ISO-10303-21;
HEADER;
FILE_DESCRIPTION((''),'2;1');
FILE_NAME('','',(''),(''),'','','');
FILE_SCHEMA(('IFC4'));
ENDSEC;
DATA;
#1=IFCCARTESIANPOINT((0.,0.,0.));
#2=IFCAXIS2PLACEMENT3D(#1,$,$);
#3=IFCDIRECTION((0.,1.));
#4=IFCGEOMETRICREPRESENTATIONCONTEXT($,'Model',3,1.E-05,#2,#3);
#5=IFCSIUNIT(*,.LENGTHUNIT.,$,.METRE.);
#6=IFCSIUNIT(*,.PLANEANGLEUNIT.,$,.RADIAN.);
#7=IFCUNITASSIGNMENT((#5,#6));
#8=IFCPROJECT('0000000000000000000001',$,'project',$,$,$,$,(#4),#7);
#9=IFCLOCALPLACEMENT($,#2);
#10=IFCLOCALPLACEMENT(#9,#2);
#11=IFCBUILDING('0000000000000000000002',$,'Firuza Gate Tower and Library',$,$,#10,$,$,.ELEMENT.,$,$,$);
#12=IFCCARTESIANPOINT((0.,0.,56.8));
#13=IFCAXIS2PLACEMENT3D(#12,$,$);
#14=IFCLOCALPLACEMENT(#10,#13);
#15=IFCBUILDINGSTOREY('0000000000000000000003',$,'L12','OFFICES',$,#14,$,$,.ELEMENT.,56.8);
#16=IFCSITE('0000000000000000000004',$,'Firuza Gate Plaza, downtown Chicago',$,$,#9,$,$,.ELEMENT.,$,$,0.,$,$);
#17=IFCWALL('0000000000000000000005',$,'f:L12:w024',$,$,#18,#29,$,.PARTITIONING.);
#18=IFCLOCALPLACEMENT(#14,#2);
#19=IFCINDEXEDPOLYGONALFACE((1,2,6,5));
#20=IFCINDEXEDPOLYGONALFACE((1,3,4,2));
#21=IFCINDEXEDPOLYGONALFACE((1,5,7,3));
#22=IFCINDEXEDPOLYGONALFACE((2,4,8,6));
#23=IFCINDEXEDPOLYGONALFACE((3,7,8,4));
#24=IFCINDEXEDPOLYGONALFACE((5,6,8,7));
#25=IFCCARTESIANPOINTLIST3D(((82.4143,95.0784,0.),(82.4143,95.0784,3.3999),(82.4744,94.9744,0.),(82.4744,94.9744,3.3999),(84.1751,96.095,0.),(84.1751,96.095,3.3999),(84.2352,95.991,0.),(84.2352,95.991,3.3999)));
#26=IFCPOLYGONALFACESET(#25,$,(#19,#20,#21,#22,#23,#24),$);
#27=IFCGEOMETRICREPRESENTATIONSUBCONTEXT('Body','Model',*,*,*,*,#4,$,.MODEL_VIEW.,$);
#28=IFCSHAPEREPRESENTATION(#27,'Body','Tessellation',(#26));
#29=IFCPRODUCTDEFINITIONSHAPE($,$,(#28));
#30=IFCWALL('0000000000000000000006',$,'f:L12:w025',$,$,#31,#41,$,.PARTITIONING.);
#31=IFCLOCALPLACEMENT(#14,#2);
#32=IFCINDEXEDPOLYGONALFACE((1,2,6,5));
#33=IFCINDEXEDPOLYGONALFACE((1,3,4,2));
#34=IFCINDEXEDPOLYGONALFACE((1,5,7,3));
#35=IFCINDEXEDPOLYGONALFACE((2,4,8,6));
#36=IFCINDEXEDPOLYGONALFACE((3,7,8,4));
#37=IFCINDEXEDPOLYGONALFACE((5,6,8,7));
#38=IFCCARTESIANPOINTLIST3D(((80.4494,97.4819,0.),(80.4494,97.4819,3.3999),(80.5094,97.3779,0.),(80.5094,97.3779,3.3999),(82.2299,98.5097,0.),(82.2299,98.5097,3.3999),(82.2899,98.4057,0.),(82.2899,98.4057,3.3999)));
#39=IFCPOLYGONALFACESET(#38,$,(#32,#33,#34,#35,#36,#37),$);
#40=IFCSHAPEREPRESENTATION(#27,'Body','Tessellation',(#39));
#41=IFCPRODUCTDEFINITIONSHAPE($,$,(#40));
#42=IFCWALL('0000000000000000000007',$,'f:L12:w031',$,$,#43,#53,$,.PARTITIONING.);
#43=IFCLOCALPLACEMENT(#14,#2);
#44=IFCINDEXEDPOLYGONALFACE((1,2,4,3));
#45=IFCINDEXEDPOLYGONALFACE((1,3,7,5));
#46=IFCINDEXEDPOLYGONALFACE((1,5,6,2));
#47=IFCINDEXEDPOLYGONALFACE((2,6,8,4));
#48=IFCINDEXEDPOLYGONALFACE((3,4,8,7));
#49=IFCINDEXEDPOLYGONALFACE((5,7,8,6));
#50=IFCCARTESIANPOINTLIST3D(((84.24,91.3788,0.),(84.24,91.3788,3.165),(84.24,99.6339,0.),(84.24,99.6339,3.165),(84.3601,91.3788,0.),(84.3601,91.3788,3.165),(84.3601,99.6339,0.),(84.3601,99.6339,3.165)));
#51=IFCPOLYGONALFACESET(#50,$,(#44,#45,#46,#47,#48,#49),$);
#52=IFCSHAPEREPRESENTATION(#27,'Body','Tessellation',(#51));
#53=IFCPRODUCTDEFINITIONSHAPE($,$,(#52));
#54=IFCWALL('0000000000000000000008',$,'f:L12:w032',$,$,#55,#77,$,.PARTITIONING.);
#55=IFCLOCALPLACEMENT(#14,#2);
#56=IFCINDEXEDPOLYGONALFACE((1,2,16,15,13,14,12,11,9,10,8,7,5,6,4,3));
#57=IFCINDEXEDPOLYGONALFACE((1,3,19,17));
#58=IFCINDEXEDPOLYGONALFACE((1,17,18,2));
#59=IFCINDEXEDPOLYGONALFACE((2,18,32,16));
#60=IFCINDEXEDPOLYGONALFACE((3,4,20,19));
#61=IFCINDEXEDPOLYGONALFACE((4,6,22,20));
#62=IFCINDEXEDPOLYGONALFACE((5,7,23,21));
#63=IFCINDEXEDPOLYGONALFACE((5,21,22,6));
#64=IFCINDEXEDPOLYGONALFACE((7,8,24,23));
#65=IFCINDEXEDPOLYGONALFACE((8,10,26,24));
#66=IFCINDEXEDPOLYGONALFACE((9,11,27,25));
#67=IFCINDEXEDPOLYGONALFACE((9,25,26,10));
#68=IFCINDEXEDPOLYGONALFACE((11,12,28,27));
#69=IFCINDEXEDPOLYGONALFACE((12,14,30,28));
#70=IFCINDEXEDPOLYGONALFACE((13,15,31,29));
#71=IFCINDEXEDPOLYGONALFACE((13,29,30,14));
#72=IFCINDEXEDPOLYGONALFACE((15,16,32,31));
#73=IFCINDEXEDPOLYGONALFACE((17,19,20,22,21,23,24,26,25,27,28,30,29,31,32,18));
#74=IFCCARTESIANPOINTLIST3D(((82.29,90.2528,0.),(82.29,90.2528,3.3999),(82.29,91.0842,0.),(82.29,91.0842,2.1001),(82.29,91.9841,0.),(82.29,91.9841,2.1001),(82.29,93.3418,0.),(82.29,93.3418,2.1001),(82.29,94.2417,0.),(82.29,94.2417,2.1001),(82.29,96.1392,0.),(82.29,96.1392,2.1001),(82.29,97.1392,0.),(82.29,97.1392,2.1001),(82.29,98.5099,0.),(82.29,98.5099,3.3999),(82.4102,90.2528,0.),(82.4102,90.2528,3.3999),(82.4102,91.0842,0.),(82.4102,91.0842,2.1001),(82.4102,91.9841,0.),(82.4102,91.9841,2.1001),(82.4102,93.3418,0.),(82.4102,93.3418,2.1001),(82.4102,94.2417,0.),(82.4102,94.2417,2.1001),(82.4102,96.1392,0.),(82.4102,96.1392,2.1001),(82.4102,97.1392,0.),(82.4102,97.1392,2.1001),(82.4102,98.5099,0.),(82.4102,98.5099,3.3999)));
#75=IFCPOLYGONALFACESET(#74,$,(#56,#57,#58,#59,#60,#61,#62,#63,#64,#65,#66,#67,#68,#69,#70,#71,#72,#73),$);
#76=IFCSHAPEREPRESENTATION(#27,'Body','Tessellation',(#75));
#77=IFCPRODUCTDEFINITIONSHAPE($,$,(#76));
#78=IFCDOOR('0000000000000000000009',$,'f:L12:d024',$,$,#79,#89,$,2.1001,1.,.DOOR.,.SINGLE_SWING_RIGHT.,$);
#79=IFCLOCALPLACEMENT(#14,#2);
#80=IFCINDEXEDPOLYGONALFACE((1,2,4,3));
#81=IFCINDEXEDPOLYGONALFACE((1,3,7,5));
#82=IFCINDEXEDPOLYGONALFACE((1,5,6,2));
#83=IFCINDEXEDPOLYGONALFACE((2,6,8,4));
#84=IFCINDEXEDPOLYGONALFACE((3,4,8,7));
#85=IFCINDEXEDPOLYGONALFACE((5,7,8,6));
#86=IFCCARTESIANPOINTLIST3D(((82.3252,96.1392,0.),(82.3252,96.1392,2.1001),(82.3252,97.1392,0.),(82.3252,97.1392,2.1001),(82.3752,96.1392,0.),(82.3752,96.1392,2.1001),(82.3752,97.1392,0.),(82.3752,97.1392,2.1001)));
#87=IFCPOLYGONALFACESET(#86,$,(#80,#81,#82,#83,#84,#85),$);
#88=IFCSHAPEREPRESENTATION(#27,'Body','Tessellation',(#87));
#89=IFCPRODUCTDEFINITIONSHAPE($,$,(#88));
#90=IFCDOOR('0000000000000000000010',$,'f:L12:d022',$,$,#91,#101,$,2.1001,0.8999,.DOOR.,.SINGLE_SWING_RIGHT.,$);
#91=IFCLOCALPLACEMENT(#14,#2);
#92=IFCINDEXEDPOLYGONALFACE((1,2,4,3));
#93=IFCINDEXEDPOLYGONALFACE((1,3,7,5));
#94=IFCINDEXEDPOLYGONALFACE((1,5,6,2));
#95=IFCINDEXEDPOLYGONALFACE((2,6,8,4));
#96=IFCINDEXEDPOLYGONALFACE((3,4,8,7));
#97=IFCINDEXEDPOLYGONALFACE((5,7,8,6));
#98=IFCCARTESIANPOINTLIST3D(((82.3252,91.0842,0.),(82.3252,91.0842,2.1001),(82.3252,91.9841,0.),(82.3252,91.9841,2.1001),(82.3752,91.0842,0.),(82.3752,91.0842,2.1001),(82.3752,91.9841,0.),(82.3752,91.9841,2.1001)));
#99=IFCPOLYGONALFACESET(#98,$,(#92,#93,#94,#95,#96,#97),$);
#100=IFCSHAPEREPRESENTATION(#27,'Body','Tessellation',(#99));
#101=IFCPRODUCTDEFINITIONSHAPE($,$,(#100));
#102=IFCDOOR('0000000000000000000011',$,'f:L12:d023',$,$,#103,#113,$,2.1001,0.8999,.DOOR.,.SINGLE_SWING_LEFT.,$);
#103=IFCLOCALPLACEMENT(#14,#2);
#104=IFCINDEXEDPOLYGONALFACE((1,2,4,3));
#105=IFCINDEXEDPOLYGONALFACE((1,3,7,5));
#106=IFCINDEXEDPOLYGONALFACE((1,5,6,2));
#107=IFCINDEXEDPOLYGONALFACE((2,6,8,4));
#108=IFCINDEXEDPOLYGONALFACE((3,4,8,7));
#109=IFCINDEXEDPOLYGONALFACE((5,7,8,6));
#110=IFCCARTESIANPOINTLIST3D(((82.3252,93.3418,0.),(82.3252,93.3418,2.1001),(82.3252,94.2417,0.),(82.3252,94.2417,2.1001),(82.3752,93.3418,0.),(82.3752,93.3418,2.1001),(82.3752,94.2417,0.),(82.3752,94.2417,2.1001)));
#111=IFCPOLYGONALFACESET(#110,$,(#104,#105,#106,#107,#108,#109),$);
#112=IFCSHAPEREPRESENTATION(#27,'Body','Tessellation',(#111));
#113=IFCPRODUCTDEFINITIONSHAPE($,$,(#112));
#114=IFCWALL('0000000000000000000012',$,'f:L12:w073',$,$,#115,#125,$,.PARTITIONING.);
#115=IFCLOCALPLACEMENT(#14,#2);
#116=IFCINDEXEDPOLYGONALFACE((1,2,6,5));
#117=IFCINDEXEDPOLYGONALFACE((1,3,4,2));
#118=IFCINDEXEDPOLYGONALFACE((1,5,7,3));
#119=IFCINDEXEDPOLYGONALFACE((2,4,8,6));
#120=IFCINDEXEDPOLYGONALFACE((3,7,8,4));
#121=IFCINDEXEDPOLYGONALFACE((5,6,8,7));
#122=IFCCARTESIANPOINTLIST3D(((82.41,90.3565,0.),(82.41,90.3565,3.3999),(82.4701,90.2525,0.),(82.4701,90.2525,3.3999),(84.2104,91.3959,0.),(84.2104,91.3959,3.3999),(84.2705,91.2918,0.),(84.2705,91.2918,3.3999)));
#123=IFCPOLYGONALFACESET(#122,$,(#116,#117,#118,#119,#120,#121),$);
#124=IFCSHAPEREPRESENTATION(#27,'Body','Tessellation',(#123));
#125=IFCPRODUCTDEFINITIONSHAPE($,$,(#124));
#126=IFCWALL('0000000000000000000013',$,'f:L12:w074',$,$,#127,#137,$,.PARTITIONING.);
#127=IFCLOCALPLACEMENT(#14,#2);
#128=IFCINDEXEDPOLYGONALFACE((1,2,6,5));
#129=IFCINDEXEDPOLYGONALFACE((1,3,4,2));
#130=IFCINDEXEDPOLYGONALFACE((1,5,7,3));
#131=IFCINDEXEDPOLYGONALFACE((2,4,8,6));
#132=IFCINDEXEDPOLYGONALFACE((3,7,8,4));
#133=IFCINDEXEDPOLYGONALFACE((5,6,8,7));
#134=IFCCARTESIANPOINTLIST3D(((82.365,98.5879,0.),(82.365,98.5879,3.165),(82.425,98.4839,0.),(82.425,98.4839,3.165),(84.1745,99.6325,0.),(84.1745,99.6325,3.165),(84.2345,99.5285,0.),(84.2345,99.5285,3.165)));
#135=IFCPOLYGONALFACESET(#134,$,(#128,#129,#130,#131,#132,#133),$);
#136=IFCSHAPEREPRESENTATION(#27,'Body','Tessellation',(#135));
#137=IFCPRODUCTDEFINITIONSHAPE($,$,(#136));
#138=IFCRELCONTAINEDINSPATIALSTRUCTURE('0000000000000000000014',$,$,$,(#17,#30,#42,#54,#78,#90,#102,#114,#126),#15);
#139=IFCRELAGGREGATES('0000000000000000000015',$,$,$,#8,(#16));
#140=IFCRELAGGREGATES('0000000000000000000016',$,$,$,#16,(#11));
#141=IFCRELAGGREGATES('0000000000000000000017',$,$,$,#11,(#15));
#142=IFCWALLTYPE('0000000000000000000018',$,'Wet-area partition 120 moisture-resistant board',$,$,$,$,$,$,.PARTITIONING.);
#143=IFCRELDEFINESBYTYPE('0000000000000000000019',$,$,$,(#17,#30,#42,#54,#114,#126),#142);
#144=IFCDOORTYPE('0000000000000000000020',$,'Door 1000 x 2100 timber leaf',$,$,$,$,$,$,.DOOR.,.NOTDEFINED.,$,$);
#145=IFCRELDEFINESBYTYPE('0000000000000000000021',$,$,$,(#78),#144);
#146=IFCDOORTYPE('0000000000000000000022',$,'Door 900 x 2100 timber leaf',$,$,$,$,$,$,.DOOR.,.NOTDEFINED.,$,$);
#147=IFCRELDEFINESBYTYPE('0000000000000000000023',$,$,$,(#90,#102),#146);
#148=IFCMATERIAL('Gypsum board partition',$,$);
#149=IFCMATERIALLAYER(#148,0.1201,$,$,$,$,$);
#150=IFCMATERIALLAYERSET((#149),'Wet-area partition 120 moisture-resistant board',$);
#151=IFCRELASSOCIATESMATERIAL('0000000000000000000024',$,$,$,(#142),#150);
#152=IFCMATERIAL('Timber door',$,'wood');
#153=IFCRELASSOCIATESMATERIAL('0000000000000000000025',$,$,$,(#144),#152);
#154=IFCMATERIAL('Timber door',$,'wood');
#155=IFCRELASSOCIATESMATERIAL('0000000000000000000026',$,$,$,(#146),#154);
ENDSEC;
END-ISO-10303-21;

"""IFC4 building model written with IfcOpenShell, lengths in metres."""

from ifc_helpers import new_model, si_unit, direction, frame, frame_2d, origin, place, context, subcontext, project, spatial, rectangle, extrude, material, layer, layer_set, type_object, element, fill, save


model = new_model("IFC4")

# Units and contexts
model_context = context("Model", 3, precision=1e-05, world=origin(), true_north=direction((0.0, 1.0)))
body_context = subcontext(model_context, "Body", "Model", "MODEL_VIEW")
ifc_project = project(units=[si_unit("LENGTHUNIT", "METRE"), si_unit("PLANEANGLEUNIT", "RADIAN")], contexts=[model_context])

# Site, building, storey
site_placement = place(None, origin())
site = spatial("IfcSite", under=ifc_project, at=site_placement, Name="Firuza Gate Plaza, downtown Chicago", CompositionType="ELEMENT", RefElevation=0.0)
building_placement = place(site_placement, origin())
building = spatial("IfcBuilding", under=site, at=building_placement, Name="Firuza Gate Tower and Library", CompositionType="ELEMENT")
storey_placement = place(building_placement, frame((0.0, 0.0, 56.8)))
storey = spatial("IfcBuildingStorey", under=building, at=storey_placement, Name="L12", Description="OFFICES", CompositionType="ELEMENT", Elevation=56.8)

# Walls
ifc_material_1 = material(Name="Gypsum board partition")
ifc_layer_1 = layer(ifc_material_1, 0.1201)
ifc_layer_set_1 = layer_set([ifc_layer_1], Name="Wet-area partition 120 moisture-resistant board")
wall_type_1 = type_object("IfcWallType", Name="Wet-area partition 120 moisture-resistant board", PredefinedType="PARTITIONING", material=ifc_layer_set_1)
for number, where, z_axis, x_axis, name in (
    (1, (82.4443, 95.0264, 0.0), (0.0, 0.0, 1.0), (0.866018, 0.500013, 0.0), "f:L12:w024"),
):
    element("IfcWall", number, at=place(storey_placement, frame(where, z_axis=z_axis, x_axis=x_axis)), inside=storey, type_object=wall_type_1, Name=name, PredefinedType="PARTITIONING", context=body_context, shape_type="SweptSolid", body=[
        extrude(rectangle(XDim=2.0332, YDim=0.1201, at=frame_2d((1.0166, 0.0))), origin(), (0.0, 0.0, 1.0), 3.3999),
    ])
wall_1_placement = place(storey_placement, frame((80.4795, 97.4299, 0.0), z_axis=(0.0, 0.0, 1.0), x_axis=(0.866057, 0.499945, 0.0)))
element("IfcWall", 2, at=wall_1_placement, inside=storey, type_object=wall_type_1, Name="f:L12:w025", PredefinedType="PARTITIONING", context=body_context, shape_type="SweptSolid", body=[
    extrude(rectangle(XDim=2.0559, YDim=0.1201, at=frame_2d((1.0278, 0.0))), origin(), (0.0, 0.0, 1.0), 3.3999),
])
wall_2_placement = place(storey_placement, frame((84.3, 91.3789, 0.0), z_axis=(0.0, 0.0, 1.0), x_axis=(0.0, 1.0, 0.0)))
element("IfcWall", 3, at=wall_2_placement, inside=storey, type_object=wall_type_1, Name="f:L12:w031", PredefinedType="PARTITIONING", context=body_context, shape_type="SweptSolid", body=[
    extrude(rectangle(XDim=8.2551, YDim=0.1201, at=frame_2d((4.1274, 0.0))), origin(), (0.0, 0.0, 1.0), 3.165),
])

# Wall, openings, doors
wall_3_placement = place(storey_placement, frame((82.3501, 90.2529, 0.0), z_axis=(0.0, 0.0, 1.0), x_axis=(0.0, 1.0, 0.0)))
wall_3 = element("IfcWall", 4, at=wall_3_placement, inside=storey, type_object=wall_type_1, Name="f:L12:w032", PredefinedType="PARTITIONING", context=body_context, shape_type="SweptSolid", body=[
    extrude(rectangle(XDim=8.2571, YDim=0.1201, at=frame_2d((4.1284, 0.0))), origin(), (0.0, 0.0, 1.0), 3.3999),
])
opening_1_placement = place(wall_3_placement, frame((0.8313, 0.0, 0.0)))
opening_1 = element("IfcOpeningElement", 5, at=opening_1_placement, cuts=wall_3, PredefinedType="OPENING", context=body_context, shape_type="SweptSolid", body=[
    extrude(rectangle(XDim=0.8999, YDim=2.1001, at=frame_2d((0.45, 1.05))), frame((0.0, 0.0701, 0.0), z_axis=(0.0, -1.0, 0.0), x_axis=(1.0, 0.0, 0.0)), (0.0, 0.0, 1.0), 0.1401),
])
opening_2_placement = place(wall_3_placement, frame((3.0889, 0.0, 0.0)))
opening_2 = element("IfcOpeningElement", 6, at=opening_2_placement, cuts=wall_3, PredefinedType="OPENING", context=body_context, shape_type="SweptSolid", body=[
    extrude(rectangle(XDim=0.8999, YDim=2.1001, at=frame_2d((0.45, 1.05))), frame((0.0, 0.0701, 0.0), z_axis=(0.0, -1.0, 0.0), x_axis=(1.0, 0.0, 0.0)), (0.0, 0.0, 1.0), 0.1401),
])
opening_3_placement = place(wall_3_placement, frame((5.8862, 0.0, 0.0)))
opening_3 = element("IfcOpeningElement", 7, at=opening_3_placement, cuts=wall_3, PredefinedType="OPENING", context=body_context, shape_type="SweptSolid", body=[
    extrude(rectangle(XDim=1.0, YDim=2.1001, at=frame_2d((0.5, 1.05))), frame((0.0, 0.0701, 0.0), z_axis=(0.0, -1.0, 0.0), x_axis=(1.0, 0.0, 0.0)), (0.0, 0.0, 1.0), 0.1401),
])
ifc_material_2 = material(Name="Timber door", Category="wood")
door_type_1 = type_object("IfcDoorType", Name="Door 1000 x 2100 timber leaf", OperationType="NOTDEFINED", PredefinedType="DOOR", material=ifc_material_2)
door_1_placement = place(opening_3_placement, origin())
door_1 = element("IfcDoor", 8, at=door_1_placement, inside=storey, type_object=door_type_1, Name="f:L12:d024", OperationType="SINGLE_SWING_RIGHT", OverallHeight=2.1001, OverallWidth=1.0, PredefinedType="DOOR", context=body_context, shape_type="SweptSolid", body=[
    extrude(rectangle(XDim=1.0, YDim=2.1001, at=frame_2d((0.5, 1.05))), frame((0.0, 0.0249, 0.0), z_axis=(0.0, -1.0, 0.0), x_axis=(1.0, 0.0, 0.0)), (0.0, 0.0, 1.0), 0.05),
])
fill(opening_3, door_1)
ifc_material_3 = material(Name="Timber door", Category="wood")
door_type_2 = type_object("IfcDoorType", Name="Door 900 x 2100 timber leaf", OperationType="NOTDEFINED", PredefinedType="DOOR", material=ifc_material_3)
door_2_placement = place(opening_1_placement, origin())
door_2 = element("IfcDoor", 9, at=door_2_placement, inside=storey, type_object=door_type_2, Name="f:L12:d022", OperationType="SINGLE_SWING_RIGHT", OverallHeight=2.1001, OverallWidth=0.8999, PredefinedType="DOOR", context=body_context, shape_type="SweptSolid", body=[
    extrude(rectangle(XDim=0.8999, YDim=2.1001, at=frame_2d((0.45, 1.05))), frame((0.0, 0.0249, 0.0), z_axis=(0.0, -1.0, 0.0), x_axis=(1.0, 0.0, 0.0)), (0.0, 0.0, 1.0), 0.05),
])
fill(opening_1, door_2)
door_3_placement = place(opening_2_placement, origin())
door_3 = element("IfcDoor", 10, at=door_3_placement, inside=storey, type_object=door_type_2, Name="f:L12:d023", OperationType="SINGLE_SWING_LEFT", OverallHeight=2.1001, OverallWidth=0.8999, PredefinedType="DOOR", context=body_context, shape_type="SweptSolid", body=[
    extrude(rectangle(XDim=0.8999, YDim=2.1001, at=frame_2d((0.45, 1.05))), frame((0.0, 0.0249, 0.0), z_axis=(0.0, -1.0, 0.0), x_axis=(1.0, 0.0, 0.0)), (0.0, 0.0, 1.0), 0.05),
])
fill(opening_2, door_3)

# Walls
wall_4_placement = place(storey_placement, frame((82.4399, 90.3044, 0.0), z_axis=(0.0, 0.0, 1.0), x_axis=(0.866045, 0.499966, 0.0)))
element("IfcWall", 11, at=wall_4_placement, inside=storey, type_object=wall_type_1, Name="f:L12:w073", PredefinedType="PARTITIONING", context=body_context, shape_type="SweptSolid", body=[
    extrude(rectangle(XDim=2.0789, YDim=0.1201, at=frame_2d((1.0396, 0.0))), origin(), (0.0, 0.0, 1.0), 3.3999),
])
wall_5_placement = place(storey_placement, frame((82.395, 98.5359, 0.0), z_axis=(0.0, 0.0, 1.0), x_axis=(0.866042, 0.499972, 0.0)))
element("IfcWall", 12, at=wall_5_placement, inside=storey, type_object=wall_type_1, Name="f:L12:w074", PredefinedType="PARTITIONING", context=body_context, shape_type="SweptSolid", body=[
    extrude(rectangle(XDim=2.0894, YDim=0.1201, at=frame_2d((1.0447, 0.0))), origin(), (0.0, 0.0, 1.0), 3.165),
])

save(model, "model.ifc")
